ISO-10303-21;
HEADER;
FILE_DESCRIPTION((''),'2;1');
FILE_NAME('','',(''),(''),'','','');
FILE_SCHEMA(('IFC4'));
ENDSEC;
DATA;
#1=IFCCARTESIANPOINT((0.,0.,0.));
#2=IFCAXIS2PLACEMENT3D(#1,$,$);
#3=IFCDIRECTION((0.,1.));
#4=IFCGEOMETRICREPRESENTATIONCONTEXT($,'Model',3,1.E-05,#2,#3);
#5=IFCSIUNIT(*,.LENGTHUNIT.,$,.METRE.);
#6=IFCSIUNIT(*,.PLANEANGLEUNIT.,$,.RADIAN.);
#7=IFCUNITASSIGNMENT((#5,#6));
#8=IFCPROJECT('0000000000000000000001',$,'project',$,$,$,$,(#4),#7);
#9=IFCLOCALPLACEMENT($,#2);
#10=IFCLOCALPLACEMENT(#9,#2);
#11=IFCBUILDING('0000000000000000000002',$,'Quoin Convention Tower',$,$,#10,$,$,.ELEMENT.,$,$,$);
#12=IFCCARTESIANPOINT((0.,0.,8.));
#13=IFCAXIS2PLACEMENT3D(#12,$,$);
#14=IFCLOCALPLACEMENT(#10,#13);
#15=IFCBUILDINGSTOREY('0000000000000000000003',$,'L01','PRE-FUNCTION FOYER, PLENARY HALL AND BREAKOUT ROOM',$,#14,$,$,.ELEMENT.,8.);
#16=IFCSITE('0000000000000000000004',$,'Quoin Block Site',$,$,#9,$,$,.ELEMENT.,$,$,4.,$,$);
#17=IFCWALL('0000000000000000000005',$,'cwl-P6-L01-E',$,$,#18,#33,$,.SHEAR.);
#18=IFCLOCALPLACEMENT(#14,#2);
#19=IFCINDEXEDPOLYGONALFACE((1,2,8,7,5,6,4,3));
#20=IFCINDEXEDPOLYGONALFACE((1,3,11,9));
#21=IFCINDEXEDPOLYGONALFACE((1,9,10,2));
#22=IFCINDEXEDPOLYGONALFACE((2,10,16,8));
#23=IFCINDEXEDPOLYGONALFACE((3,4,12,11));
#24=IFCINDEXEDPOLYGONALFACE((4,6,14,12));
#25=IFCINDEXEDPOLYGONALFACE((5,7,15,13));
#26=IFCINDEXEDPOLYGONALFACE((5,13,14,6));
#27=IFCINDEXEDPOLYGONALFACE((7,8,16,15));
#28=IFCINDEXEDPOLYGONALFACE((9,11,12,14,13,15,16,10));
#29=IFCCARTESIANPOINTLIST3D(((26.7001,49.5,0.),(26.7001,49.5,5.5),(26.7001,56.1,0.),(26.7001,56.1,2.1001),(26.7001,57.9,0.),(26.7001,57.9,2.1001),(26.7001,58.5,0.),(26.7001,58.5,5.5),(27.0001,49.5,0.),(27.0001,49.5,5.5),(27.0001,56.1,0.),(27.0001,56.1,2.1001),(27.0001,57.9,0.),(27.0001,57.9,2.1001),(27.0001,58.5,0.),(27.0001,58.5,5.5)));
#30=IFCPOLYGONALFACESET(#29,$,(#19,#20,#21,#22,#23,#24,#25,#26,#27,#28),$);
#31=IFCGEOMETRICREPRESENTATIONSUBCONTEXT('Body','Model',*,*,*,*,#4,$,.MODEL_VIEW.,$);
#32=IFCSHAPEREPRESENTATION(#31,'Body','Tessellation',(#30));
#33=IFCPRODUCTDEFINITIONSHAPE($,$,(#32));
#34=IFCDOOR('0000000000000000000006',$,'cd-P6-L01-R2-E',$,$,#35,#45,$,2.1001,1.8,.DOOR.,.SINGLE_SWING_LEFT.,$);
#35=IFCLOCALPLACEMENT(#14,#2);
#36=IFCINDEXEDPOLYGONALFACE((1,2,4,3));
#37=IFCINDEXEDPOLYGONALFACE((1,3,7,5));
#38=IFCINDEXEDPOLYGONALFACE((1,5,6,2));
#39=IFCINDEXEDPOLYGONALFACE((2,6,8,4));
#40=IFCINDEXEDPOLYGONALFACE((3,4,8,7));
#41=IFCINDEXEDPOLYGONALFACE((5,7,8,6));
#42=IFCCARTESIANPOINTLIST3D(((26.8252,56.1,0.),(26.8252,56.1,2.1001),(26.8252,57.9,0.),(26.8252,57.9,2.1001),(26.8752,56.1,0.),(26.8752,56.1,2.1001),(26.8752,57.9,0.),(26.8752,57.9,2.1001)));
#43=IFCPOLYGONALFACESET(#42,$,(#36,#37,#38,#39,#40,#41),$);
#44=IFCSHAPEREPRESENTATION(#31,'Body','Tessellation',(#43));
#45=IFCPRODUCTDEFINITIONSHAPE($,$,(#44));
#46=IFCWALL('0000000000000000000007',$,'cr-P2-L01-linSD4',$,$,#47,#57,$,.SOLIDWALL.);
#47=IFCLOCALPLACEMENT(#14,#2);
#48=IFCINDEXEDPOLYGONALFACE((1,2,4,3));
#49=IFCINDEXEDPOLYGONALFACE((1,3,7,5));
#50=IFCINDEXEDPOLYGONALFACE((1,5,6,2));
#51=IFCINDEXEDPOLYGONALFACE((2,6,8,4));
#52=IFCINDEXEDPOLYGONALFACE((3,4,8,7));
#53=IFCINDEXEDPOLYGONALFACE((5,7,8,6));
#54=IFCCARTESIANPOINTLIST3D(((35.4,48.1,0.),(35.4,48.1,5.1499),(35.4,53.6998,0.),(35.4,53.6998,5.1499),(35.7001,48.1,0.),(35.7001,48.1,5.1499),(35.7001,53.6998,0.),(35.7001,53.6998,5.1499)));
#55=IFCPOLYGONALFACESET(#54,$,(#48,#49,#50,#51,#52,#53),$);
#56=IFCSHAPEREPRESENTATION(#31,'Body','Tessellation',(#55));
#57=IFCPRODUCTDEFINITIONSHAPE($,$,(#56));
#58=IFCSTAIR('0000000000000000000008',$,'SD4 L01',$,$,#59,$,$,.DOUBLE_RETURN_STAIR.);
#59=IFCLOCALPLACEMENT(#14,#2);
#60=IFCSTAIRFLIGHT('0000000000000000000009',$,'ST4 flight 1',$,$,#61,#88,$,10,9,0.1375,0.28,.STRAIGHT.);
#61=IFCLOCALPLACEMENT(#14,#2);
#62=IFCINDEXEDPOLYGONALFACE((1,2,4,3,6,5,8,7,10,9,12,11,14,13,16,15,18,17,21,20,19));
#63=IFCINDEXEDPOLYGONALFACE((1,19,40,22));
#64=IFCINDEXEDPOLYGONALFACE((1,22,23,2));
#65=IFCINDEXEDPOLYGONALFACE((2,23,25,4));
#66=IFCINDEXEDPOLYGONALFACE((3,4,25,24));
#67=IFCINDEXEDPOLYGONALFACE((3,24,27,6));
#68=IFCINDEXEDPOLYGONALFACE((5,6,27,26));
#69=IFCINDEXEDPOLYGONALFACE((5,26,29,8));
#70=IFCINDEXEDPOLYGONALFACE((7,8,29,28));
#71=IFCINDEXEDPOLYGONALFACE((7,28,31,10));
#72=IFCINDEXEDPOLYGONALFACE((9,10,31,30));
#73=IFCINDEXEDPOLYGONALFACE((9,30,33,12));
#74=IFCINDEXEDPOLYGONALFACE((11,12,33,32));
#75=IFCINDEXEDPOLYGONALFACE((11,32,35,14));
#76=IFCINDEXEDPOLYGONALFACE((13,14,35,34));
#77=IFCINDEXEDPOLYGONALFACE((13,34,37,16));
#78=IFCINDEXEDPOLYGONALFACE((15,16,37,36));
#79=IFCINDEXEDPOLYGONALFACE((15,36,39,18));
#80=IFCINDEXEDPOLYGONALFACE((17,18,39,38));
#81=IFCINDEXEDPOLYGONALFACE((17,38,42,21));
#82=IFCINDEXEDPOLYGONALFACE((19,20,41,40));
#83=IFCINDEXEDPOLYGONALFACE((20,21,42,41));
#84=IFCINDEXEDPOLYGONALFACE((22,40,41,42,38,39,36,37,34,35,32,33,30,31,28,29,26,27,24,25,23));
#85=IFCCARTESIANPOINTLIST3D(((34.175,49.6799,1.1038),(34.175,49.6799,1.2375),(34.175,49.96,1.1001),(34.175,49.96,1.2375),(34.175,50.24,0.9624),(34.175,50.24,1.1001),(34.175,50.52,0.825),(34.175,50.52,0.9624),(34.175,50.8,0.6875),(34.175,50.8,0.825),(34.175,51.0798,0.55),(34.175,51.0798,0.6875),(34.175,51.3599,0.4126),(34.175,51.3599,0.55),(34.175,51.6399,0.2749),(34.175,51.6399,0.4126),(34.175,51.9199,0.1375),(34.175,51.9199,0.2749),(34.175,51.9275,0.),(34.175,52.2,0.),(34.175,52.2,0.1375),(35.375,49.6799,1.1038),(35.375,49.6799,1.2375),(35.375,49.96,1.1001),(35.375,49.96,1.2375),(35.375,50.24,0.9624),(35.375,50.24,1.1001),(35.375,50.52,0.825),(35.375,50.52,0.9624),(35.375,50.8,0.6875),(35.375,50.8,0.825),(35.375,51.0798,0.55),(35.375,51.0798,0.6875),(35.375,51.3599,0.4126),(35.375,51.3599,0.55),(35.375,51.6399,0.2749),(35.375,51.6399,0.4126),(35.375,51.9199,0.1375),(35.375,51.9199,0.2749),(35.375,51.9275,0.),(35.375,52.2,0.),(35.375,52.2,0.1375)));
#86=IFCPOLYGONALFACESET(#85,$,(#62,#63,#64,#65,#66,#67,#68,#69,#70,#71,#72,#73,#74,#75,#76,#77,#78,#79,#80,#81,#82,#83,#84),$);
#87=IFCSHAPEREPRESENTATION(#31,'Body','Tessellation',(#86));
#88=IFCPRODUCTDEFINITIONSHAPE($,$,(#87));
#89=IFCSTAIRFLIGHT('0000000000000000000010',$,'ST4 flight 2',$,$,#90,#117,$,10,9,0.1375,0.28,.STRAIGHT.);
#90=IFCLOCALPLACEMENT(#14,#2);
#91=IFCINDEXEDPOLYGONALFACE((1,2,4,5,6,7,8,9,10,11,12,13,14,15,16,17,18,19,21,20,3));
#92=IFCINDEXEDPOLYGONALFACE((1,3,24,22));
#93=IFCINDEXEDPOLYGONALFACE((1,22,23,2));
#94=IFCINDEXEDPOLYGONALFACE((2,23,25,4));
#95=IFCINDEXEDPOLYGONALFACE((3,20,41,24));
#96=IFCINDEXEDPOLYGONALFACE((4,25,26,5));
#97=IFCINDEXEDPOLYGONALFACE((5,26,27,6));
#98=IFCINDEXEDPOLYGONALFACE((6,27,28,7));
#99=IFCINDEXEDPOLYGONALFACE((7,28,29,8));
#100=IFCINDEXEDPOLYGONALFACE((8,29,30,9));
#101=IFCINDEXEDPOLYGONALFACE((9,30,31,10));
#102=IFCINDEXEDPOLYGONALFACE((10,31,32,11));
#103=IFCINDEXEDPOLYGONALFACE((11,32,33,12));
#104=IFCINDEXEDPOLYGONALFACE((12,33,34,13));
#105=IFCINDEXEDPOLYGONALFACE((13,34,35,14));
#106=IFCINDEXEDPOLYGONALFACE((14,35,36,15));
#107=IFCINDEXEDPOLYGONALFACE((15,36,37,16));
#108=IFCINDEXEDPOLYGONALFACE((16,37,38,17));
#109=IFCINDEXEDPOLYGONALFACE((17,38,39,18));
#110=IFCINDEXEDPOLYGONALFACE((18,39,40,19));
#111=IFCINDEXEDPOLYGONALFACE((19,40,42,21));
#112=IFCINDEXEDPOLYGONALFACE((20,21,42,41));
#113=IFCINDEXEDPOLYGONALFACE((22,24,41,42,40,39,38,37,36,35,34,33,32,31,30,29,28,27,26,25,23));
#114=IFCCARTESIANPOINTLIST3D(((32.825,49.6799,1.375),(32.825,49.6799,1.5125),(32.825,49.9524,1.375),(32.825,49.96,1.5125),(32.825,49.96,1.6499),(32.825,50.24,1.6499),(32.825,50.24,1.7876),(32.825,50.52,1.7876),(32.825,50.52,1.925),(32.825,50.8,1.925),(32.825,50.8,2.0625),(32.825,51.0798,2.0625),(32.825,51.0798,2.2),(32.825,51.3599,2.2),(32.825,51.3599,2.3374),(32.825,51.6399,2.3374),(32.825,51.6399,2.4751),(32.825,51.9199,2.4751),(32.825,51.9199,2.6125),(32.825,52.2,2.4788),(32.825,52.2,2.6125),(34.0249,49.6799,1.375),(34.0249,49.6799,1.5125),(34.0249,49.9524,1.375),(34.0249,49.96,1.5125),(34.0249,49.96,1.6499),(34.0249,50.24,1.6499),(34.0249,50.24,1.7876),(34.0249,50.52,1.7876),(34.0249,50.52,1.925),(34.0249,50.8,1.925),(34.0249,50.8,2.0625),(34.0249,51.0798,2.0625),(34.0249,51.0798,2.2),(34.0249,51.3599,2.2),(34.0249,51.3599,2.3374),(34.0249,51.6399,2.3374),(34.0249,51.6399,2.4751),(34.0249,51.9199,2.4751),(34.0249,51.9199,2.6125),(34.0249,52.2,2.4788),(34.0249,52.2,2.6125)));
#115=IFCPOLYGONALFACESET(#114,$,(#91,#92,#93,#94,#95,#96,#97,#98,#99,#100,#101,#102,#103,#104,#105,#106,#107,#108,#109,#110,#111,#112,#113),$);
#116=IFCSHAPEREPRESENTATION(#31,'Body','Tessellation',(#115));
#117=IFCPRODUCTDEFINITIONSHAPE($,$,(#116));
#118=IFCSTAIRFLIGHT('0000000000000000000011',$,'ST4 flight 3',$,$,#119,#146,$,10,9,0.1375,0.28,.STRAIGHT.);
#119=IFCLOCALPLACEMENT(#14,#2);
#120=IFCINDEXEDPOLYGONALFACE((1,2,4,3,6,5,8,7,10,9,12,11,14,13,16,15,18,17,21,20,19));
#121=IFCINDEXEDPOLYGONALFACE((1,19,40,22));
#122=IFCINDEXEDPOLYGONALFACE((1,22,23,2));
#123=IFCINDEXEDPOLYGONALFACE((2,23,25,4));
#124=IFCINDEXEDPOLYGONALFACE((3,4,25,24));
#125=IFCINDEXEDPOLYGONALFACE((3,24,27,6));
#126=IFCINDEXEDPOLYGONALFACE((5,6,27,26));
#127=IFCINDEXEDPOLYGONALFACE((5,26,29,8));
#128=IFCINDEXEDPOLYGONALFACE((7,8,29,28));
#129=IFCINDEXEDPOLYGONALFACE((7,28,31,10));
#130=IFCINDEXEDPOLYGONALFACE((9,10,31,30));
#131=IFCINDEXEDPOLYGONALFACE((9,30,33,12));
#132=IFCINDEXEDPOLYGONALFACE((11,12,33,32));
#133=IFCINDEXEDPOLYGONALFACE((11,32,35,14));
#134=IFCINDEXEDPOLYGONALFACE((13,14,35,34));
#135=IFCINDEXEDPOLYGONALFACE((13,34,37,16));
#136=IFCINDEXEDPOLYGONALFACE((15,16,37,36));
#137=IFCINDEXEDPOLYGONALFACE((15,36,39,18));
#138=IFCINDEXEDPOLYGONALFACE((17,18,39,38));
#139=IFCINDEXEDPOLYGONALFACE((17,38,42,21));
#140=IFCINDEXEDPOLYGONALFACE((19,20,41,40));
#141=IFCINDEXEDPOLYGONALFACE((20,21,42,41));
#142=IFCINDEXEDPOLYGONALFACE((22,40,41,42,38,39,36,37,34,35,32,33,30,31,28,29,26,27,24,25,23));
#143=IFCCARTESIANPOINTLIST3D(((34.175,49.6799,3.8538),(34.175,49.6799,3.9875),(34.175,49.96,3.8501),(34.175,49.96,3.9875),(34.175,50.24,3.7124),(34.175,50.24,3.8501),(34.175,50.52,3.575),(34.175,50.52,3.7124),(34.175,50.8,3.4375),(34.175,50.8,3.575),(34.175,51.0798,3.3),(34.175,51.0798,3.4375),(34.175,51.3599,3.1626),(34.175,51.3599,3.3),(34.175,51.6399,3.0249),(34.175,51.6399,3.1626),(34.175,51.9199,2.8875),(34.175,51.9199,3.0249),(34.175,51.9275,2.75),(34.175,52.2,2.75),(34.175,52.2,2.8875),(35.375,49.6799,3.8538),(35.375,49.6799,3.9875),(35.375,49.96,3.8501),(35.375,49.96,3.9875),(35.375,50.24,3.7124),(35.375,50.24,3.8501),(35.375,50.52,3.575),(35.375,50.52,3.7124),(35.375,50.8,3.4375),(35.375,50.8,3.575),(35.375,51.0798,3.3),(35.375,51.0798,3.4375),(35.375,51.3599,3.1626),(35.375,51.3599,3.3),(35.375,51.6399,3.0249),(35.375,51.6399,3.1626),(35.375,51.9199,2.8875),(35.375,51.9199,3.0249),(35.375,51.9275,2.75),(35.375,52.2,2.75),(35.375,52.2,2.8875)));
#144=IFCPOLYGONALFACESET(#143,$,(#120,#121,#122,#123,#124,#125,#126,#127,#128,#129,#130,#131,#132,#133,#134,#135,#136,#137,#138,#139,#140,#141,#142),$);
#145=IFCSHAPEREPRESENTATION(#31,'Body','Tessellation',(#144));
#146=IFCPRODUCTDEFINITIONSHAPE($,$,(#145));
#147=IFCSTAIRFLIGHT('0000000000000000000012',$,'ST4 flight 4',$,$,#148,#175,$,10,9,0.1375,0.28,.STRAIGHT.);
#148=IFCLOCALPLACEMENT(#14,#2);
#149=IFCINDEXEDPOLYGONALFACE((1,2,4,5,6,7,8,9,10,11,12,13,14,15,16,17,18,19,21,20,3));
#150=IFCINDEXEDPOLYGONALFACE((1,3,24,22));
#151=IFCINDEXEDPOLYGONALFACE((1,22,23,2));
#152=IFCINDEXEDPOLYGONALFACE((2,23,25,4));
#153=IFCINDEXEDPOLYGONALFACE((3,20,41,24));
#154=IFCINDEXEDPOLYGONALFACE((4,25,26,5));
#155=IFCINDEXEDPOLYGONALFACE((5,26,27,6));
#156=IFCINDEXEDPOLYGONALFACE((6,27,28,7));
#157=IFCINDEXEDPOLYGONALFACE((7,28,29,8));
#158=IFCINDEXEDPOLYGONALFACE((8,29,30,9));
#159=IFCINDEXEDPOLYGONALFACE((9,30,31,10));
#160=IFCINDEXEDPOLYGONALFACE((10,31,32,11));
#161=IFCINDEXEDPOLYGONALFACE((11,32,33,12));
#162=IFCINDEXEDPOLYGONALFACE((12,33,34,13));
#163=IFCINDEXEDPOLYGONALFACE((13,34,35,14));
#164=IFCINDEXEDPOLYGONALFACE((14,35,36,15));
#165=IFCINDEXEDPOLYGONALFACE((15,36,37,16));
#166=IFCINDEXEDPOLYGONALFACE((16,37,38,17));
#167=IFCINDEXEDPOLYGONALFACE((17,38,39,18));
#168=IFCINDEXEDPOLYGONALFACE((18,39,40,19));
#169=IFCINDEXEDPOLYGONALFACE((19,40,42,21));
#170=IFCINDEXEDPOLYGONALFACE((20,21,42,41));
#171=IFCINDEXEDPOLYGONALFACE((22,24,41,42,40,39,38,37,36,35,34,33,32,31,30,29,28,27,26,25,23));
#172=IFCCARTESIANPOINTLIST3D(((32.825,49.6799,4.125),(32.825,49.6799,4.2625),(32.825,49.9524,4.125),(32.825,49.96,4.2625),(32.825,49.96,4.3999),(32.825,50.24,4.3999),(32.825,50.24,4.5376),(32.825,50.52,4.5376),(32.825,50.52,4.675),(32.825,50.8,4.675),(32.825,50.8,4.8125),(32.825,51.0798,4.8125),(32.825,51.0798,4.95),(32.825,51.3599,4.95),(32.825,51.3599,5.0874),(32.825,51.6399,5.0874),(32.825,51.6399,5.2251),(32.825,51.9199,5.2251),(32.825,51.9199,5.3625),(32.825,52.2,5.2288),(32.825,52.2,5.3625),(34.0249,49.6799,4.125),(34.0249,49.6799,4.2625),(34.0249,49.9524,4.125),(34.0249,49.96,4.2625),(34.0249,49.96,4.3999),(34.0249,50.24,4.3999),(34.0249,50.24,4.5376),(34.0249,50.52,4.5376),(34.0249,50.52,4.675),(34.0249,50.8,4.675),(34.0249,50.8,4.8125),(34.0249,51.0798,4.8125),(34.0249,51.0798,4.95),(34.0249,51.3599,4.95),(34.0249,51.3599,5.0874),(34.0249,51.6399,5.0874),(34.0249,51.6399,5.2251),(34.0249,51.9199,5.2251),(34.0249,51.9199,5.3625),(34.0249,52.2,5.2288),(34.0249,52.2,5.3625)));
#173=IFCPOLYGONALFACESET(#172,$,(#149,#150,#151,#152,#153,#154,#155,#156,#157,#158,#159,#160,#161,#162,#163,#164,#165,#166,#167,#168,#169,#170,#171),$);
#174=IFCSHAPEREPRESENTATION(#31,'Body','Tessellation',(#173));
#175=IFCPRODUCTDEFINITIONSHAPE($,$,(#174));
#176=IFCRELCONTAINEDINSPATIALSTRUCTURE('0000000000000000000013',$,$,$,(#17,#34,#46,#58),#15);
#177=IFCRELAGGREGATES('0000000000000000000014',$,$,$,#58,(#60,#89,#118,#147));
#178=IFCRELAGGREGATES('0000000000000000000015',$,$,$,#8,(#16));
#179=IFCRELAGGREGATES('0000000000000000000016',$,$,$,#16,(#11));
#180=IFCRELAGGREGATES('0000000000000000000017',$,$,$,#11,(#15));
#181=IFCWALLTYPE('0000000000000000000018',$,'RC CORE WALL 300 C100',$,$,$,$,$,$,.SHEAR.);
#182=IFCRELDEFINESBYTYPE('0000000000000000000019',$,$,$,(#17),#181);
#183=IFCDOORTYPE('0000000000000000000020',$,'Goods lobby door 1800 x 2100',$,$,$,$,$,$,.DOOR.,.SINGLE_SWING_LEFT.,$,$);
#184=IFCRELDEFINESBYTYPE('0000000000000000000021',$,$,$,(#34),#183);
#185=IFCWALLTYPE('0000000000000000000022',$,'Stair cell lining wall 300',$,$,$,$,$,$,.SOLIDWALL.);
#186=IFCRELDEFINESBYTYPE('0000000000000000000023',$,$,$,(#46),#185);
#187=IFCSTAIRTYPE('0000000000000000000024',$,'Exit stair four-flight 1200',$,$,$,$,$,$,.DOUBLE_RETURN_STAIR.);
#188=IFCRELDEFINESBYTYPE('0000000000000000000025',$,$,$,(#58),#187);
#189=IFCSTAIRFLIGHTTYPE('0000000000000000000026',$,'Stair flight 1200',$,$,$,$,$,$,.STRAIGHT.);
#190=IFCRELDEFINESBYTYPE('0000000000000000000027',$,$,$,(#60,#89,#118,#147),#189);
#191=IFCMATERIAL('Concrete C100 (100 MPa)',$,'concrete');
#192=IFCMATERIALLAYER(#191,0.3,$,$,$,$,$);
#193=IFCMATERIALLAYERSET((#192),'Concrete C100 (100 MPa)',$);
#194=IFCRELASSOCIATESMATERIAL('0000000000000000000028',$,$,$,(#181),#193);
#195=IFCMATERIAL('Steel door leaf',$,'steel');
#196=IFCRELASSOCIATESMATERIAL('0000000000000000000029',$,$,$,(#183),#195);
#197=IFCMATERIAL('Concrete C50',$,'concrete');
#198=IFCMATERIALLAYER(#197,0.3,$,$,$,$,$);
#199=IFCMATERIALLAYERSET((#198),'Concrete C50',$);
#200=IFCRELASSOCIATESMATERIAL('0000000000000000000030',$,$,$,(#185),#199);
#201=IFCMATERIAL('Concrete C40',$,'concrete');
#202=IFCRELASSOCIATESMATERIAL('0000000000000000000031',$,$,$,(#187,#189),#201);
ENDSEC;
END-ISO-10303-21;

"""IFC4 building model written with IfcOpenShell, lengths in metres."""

from ifc_helpers import new_model, si_unit, direction, frame, frame_2d, origin, place, context, subcontext, project, spatial, polyline, rectangle, outline, extrude, material, layer, layer_set, type_object, element, fill, aggregate, save


model = new_model("IFC4")

# Units and contexts
model_context = context("Model", 3, precision=1e-05, world=origin(), true_north=direction((0.0, 1.0)))
body_context = subcontext(model_context, "Body", "Model", "MODEL_VIEW")
ifc_project = project(units=[si_unit("LENGTHUNIT", "METRE"), si_unit("PLANEANGLEUNIT", "RADIAN")], contexts=[model_context])

# Site, building, storey
site_placement = place(None, origin())
site = spatial("IfcSite", under=ifc_project, at=site_placement, Name="Quoin Block Site", CompositionType="ELEMENT", RefElevation=4.0)
building_placement = place(site_placement, origin())
building = spatial("IfcBuilding", under=site, at=building_placement, Name="Quoin Convention Tower", CompositionType="ELEMENT")
storey_placement = place(building_placement, frame((0.0, 0.0, 8.0)))
storey = spatial("IfcBuildingStorey", under=building, at=storey_placement, Name="L01", Description="PRE-FUNCTION FOYER, PLENARY HALL AND BREAKOUT ROOM", CompositionType="ELEMENT", Elevation=8.0)

# Shared definitions
ifc_material_1 = material(Name="Concrete C100 (100 MPa)", Category="concrete")

# Shared definitions
ifc_material_2 = material(Name="Concrete C50", Category="concrete")

# Wall, opening, door
ifc_material_3 = material(Name="Steel door leaf", Category="steel")
ifc_layer_1 = layer(ifc_material_1, 0.3)
ifc_layer_set_1 = layer_set([ifc_layer_1], Name="Concrete C100 (100 MPa)")
wall_type_1 = type_object("IfcWallType", Name="RC CORE WALL 300 C100", PredefinedType="SHEAR", material=ifc_layer_set_1)
wall_1_placement = place(storey_placement, frame((26.8501, 49.5, 0.0), z_axis=(0.0, 0.0, 1.0), x_axis=(0.0, 1.0, 0.0)))
wall_1 = element("IfcWall", 1, at=wall_1_placement, inside=storey, type_object=wall_type_1, Name="cwl-P6-L01-E", PredefinedType="SHEAR", context=body_context, shape_type="SweptSolid", body=[
    extrude(rectangle(XDim=9.0, YDim=0.3, at=frame_2d((4.5, 0.0))), origin(), (0.0, 0.0, 1.0), 5.5),
])
opening_1_placement = place(wall_1_placement, frame((6.6001, 0.0, 0.0)))
opening_1 = element("IfcOpeningElement", 2, at=opening_1_placement, cuts=wall_1, PredefinedType="OPENING", context=body_context, shape_type="SweptSolid", body=[
    extrude(rectangle(XDim=1.8, YDim=2.1001, at=frame_2d((0.8999, 1.05))), frame((0.0, 0.1599, 0.0), z_axis=(0.0, -1.0, 0.0), x_axis=(1.0, 0.0, 0.0)), (0.0, 0.0, 1.0), 0.3201),
])
door_type_1 = type_object("IfcDoorType", Name="Goods lobby door 1800 x 2100", OperationType="SINGLE_SWING_LEFT", PredefinedType="DOOR", material=ifc_material_3)
door_1_placement = place(opening_1_placement, origin())
door_1 = element("IfcDoor", 3, at=door_1_placement, inside=storey, type_object=door_type_1, Name="cd-P6-L01-R2-E", OperationType="SINGLE_SWING_LEFT", OverallHeight=2.1001, OverallWidth=1.8, PredefinedType="DOOR", context=body_context, shape_type="SweptSolid", body=[
    extrude(rectangle(XDim=1.8, YDim=2.1001, at=frame_2d((0.8999, 1.05))), frame((0.0, 0.0249, 0.0), z_axis=(0.0, -1.0, 0.0), x_axis=(1.0, 0.0, 0.0)), (0.0, 0.0, 1.0), 0.05),
])
fill(opening_1, door_1)

# Wall
ifc_layer_2 = layer(ifc_material_2, 0.3)
ifc_layer_set_2 = layer_set([ifc_layer_2], Name="Concrete C50")
wall_type_2 = type_object("IfcWallType", Name="Stair cell lining wall 300", PredefinedType="SOLIDWALL", material=ifc_layer_set_2)
wall_2_placement = place(storey_placement, frame((35.55, 48.1001, 0.0), z_axis=(0.0, 0.0, 1.0), x_axis=(0.0, 1.0, 0.0)))
element("IfcWall", 4, at=wall_2_placement, inside=storey, type_object=wall_type_2, Name="cr-P2-L01-linSD4", PredefinedType="SOLIDWALL", context=body_context, shape_type="SweptSolid", body=[
    extrude(rectangle(XDim=5.5999, YDim=0.3, at=frame_2d((2.7998, 0.0))), origin(), (0.0, 0.0, 1.0), 5.1499),
])

# Stair, stair flights
ifc_material_4 = material(Name="Concrete C40", Category="concrete")
stair_type_1 = type_object("IfcStairType", Name="Exit stair four-flight 1200", PredefinedType="DOUBLE_RETURN_STAIR", material=ifc_material_4)
stair_1_placement = place(storey_placement, origin())
stair_1 = element("IfcStair", 5, at=stair_1_placement, inside=storey, type_object=stair_type_1, Name="SD4 L01", PredefinedType="DOUBLE_RETURN_STAIR")
stair_flight_type_1 = type_object("IfcStairFlightType", Name="Stair flight 1200", PredefinedType="STRAIGHT", material=ifc_material_4)
stair_flight_1_placement = place(storey_placement, frame((34.7749, 52.2, 0.0), z_axis=(0.0, 0.0, 1.0), x_axis=(0.0, -1.0, 0.0)))
stair_flight_1 = element("IfcStairFlight", 6, at=stair_flight_1_placement, type_object=stair_flight_type_1, Name="ST4 flight 1", NumberOfRisers=10, NumberOfTreads=9, PredefinedType="STRAIGHT", RiserHeight=0.1375, TreadLength=0.28, context=body_context, shape_type="SweptSolid", body=[
    extrude(outline(polyline([(0.0, 0.0), (0.0, 0.1375), (0.28, 0.1375), (0.28, 0.2749), (0.5601, 0.2749), (0.5601, 0.4126), (0.8401, 0.4126), (0.8401, 0.55), (1.1201, 0.55), (1.1201, 0.6875), (1.3999, 0.6875), (1.3999, 0.825), (1.6799, 0.825), (1.6799, 0.9624), (1.96, 0.9624), (1.96, 1.1001), (2.24, 1.1001), (2.24, 1.2375), (2.52, 1.2375), (2.52, 1.375), (2.52, 1.1038), (0.2725, 0.0), (0.0, 0.0)])), frame((0.0, 0.6001, 0.0), z_axis=(0.0, -1.0, 0.0), x_axis=(1.0, 0.0, 0.0)), (0.0, 0.0, 1.0), 1.2),
])
stair_flight_2_placement = place(storey_placement, frame((33.425, 49.6799, 1.375), z_axis=(0.0, 0.0, 1.0), x_axis=(0.0, 1.0, 0.0)))
stair_flight_2 = element("IfcStairFlight", 7, at=stair_flight_2_placement, type_object=stair_flight_type_1, Name="ST4 flight 2", NumberOfRisers=10, NumberOfTreads=9, PredefinedType="STRAIGHT", RiserHeight=0.1375, TreadLength=0.28, context=body_context, shape_type="SweptSolid", body=[
    extrude(outline(polyline([(0.0, 0.0), (0.0, 0.1375), (0.28, 0.1375), (0.28, 0.2749), (0.5601, 0.2749), (0.5601, 0.4126), (0.8401, 0.4126), (0.8401, 0.55), (1.1201, 0.55), (1.1201, 0.6875), (1.3999, 0.6875), (1.3999, 0.825), (1.6799, 0.825), (1.6799, 0.9624), (1.96, 0.9624), (1.96, 1.1001), (2.24, 1.1001), (2.24, 1.2375), (2.52, 1.2375), (2.52, 1.375), (2.52, 1.1038), (0.2725, 0.0), (0.0, 0.0)])), frame((0.0, 0.6001, 0.0), z_axis=(0.0, -1.0, 0.0), x_axis=(1.0, 0.0, 0.0)), (0.0, 0.0, 1.0), 1.2),
])
stair_flight_3_placement = place(storey_placement, frame((34.7749, 52.2, 2.75), z_axis=(0.0, 0.0, 1.0), x_axis=(0.0, -1.0, 0.0)))
stair_flight_3 = element("IfcStairFlight", 8, at=stair_flight_3_placement, type_object=stair_flight_type_1, Name="ST4 flight 3", NumberOfRisers=10, NumberOfTreads=9, PredefinedType="STRAIGHT", RiserHeight=0.1375, TreadLength=0.28, context=body_context, shape_type="SweptSolid", body=[
    extrude(outline(polyline([(0.0, 0.0), (0.0, 0.1375), (0.28, 0.1375), (0.28, 0.2749), (0.5601, 0.2749), (0.5601, 0.4126), (0.8401, 0.4126), (0.8401, 0.55), (1.1201, 0.55), (1.1201, 0.6875), (1.3999, 0.6875), (1.3999, 0.825), (1.6799, 0.825), (1.6799, 0.9624), (1.96, 0.9624), (1.96, 1.1001), (2.24, 1.1001), (2.24, 1.2375), (2.52, 1.2375), (2.52, 1.375), (2.52, 1.1038), (0.2725, 0.0), (0.0, 0.0)])), frame((0.0, 0.6001, 0.0), z_axis=(0.0, -1.0, 0.0), x_axis=(1.0, 0.0, 0.0)), (0.0, 0.0, 1.0), 1.2),
])
stair_flight_4_placement = place(storey_placement, frame((33.425, 49.6799, 4.125), z_axis=(0.0, 0.0, 1.0), x_axis=(0.0, 1.0, 0.0)))
stair_flight_4 = element("IfcStairFlight", 9, at=stair_flight_4_placement, type_object=stair_flight_type_1, Name="ST4 flight 4", NumberOfRisers=10, NumberOfTreads=9, PredefinedType="STRAIGHT", RiserHeight=0.1375, TreadLength=0.28, context=body_context, shape_type="SweptSolid", body=[
    extrude(outline(polyline([(0.0, 0.0), (0.0, 0.1375), (0.28, 0.1375), (0.28, 0.2749), (0.5601, 0.2749), (0.5601, 0.4126), (0.8401, 0.4126), (0.8401, 0.55), (1.1201, 0.55), (1.1201, 0.6875), (1.3999, 0.6875), (1.3999, 0.825), (1.6799, 0.825), (1.6799, 0.9624), (1.96, 0.9624), (1.96, 1.1001), (2.24, 1.1001), (2.24, 1.2375), (2.52, 1.2375), (2.52, 1.375), (2.52, 1.1038), (0.2725, 0.0), (0.0, 0.0)])), frame((0.0, 0.6001, 0.0), z_axis=(0.0, -1.0, 0.0), x_axis=(1.0, 0.0, 0.0)), (0.0, 0.0, 1.0), 1.2),
])
aggregate(stair_1, [stair_flight_1, stair_flight_2, stair_flight_3, stair_flight_4])

save(model, "model.ifc")
